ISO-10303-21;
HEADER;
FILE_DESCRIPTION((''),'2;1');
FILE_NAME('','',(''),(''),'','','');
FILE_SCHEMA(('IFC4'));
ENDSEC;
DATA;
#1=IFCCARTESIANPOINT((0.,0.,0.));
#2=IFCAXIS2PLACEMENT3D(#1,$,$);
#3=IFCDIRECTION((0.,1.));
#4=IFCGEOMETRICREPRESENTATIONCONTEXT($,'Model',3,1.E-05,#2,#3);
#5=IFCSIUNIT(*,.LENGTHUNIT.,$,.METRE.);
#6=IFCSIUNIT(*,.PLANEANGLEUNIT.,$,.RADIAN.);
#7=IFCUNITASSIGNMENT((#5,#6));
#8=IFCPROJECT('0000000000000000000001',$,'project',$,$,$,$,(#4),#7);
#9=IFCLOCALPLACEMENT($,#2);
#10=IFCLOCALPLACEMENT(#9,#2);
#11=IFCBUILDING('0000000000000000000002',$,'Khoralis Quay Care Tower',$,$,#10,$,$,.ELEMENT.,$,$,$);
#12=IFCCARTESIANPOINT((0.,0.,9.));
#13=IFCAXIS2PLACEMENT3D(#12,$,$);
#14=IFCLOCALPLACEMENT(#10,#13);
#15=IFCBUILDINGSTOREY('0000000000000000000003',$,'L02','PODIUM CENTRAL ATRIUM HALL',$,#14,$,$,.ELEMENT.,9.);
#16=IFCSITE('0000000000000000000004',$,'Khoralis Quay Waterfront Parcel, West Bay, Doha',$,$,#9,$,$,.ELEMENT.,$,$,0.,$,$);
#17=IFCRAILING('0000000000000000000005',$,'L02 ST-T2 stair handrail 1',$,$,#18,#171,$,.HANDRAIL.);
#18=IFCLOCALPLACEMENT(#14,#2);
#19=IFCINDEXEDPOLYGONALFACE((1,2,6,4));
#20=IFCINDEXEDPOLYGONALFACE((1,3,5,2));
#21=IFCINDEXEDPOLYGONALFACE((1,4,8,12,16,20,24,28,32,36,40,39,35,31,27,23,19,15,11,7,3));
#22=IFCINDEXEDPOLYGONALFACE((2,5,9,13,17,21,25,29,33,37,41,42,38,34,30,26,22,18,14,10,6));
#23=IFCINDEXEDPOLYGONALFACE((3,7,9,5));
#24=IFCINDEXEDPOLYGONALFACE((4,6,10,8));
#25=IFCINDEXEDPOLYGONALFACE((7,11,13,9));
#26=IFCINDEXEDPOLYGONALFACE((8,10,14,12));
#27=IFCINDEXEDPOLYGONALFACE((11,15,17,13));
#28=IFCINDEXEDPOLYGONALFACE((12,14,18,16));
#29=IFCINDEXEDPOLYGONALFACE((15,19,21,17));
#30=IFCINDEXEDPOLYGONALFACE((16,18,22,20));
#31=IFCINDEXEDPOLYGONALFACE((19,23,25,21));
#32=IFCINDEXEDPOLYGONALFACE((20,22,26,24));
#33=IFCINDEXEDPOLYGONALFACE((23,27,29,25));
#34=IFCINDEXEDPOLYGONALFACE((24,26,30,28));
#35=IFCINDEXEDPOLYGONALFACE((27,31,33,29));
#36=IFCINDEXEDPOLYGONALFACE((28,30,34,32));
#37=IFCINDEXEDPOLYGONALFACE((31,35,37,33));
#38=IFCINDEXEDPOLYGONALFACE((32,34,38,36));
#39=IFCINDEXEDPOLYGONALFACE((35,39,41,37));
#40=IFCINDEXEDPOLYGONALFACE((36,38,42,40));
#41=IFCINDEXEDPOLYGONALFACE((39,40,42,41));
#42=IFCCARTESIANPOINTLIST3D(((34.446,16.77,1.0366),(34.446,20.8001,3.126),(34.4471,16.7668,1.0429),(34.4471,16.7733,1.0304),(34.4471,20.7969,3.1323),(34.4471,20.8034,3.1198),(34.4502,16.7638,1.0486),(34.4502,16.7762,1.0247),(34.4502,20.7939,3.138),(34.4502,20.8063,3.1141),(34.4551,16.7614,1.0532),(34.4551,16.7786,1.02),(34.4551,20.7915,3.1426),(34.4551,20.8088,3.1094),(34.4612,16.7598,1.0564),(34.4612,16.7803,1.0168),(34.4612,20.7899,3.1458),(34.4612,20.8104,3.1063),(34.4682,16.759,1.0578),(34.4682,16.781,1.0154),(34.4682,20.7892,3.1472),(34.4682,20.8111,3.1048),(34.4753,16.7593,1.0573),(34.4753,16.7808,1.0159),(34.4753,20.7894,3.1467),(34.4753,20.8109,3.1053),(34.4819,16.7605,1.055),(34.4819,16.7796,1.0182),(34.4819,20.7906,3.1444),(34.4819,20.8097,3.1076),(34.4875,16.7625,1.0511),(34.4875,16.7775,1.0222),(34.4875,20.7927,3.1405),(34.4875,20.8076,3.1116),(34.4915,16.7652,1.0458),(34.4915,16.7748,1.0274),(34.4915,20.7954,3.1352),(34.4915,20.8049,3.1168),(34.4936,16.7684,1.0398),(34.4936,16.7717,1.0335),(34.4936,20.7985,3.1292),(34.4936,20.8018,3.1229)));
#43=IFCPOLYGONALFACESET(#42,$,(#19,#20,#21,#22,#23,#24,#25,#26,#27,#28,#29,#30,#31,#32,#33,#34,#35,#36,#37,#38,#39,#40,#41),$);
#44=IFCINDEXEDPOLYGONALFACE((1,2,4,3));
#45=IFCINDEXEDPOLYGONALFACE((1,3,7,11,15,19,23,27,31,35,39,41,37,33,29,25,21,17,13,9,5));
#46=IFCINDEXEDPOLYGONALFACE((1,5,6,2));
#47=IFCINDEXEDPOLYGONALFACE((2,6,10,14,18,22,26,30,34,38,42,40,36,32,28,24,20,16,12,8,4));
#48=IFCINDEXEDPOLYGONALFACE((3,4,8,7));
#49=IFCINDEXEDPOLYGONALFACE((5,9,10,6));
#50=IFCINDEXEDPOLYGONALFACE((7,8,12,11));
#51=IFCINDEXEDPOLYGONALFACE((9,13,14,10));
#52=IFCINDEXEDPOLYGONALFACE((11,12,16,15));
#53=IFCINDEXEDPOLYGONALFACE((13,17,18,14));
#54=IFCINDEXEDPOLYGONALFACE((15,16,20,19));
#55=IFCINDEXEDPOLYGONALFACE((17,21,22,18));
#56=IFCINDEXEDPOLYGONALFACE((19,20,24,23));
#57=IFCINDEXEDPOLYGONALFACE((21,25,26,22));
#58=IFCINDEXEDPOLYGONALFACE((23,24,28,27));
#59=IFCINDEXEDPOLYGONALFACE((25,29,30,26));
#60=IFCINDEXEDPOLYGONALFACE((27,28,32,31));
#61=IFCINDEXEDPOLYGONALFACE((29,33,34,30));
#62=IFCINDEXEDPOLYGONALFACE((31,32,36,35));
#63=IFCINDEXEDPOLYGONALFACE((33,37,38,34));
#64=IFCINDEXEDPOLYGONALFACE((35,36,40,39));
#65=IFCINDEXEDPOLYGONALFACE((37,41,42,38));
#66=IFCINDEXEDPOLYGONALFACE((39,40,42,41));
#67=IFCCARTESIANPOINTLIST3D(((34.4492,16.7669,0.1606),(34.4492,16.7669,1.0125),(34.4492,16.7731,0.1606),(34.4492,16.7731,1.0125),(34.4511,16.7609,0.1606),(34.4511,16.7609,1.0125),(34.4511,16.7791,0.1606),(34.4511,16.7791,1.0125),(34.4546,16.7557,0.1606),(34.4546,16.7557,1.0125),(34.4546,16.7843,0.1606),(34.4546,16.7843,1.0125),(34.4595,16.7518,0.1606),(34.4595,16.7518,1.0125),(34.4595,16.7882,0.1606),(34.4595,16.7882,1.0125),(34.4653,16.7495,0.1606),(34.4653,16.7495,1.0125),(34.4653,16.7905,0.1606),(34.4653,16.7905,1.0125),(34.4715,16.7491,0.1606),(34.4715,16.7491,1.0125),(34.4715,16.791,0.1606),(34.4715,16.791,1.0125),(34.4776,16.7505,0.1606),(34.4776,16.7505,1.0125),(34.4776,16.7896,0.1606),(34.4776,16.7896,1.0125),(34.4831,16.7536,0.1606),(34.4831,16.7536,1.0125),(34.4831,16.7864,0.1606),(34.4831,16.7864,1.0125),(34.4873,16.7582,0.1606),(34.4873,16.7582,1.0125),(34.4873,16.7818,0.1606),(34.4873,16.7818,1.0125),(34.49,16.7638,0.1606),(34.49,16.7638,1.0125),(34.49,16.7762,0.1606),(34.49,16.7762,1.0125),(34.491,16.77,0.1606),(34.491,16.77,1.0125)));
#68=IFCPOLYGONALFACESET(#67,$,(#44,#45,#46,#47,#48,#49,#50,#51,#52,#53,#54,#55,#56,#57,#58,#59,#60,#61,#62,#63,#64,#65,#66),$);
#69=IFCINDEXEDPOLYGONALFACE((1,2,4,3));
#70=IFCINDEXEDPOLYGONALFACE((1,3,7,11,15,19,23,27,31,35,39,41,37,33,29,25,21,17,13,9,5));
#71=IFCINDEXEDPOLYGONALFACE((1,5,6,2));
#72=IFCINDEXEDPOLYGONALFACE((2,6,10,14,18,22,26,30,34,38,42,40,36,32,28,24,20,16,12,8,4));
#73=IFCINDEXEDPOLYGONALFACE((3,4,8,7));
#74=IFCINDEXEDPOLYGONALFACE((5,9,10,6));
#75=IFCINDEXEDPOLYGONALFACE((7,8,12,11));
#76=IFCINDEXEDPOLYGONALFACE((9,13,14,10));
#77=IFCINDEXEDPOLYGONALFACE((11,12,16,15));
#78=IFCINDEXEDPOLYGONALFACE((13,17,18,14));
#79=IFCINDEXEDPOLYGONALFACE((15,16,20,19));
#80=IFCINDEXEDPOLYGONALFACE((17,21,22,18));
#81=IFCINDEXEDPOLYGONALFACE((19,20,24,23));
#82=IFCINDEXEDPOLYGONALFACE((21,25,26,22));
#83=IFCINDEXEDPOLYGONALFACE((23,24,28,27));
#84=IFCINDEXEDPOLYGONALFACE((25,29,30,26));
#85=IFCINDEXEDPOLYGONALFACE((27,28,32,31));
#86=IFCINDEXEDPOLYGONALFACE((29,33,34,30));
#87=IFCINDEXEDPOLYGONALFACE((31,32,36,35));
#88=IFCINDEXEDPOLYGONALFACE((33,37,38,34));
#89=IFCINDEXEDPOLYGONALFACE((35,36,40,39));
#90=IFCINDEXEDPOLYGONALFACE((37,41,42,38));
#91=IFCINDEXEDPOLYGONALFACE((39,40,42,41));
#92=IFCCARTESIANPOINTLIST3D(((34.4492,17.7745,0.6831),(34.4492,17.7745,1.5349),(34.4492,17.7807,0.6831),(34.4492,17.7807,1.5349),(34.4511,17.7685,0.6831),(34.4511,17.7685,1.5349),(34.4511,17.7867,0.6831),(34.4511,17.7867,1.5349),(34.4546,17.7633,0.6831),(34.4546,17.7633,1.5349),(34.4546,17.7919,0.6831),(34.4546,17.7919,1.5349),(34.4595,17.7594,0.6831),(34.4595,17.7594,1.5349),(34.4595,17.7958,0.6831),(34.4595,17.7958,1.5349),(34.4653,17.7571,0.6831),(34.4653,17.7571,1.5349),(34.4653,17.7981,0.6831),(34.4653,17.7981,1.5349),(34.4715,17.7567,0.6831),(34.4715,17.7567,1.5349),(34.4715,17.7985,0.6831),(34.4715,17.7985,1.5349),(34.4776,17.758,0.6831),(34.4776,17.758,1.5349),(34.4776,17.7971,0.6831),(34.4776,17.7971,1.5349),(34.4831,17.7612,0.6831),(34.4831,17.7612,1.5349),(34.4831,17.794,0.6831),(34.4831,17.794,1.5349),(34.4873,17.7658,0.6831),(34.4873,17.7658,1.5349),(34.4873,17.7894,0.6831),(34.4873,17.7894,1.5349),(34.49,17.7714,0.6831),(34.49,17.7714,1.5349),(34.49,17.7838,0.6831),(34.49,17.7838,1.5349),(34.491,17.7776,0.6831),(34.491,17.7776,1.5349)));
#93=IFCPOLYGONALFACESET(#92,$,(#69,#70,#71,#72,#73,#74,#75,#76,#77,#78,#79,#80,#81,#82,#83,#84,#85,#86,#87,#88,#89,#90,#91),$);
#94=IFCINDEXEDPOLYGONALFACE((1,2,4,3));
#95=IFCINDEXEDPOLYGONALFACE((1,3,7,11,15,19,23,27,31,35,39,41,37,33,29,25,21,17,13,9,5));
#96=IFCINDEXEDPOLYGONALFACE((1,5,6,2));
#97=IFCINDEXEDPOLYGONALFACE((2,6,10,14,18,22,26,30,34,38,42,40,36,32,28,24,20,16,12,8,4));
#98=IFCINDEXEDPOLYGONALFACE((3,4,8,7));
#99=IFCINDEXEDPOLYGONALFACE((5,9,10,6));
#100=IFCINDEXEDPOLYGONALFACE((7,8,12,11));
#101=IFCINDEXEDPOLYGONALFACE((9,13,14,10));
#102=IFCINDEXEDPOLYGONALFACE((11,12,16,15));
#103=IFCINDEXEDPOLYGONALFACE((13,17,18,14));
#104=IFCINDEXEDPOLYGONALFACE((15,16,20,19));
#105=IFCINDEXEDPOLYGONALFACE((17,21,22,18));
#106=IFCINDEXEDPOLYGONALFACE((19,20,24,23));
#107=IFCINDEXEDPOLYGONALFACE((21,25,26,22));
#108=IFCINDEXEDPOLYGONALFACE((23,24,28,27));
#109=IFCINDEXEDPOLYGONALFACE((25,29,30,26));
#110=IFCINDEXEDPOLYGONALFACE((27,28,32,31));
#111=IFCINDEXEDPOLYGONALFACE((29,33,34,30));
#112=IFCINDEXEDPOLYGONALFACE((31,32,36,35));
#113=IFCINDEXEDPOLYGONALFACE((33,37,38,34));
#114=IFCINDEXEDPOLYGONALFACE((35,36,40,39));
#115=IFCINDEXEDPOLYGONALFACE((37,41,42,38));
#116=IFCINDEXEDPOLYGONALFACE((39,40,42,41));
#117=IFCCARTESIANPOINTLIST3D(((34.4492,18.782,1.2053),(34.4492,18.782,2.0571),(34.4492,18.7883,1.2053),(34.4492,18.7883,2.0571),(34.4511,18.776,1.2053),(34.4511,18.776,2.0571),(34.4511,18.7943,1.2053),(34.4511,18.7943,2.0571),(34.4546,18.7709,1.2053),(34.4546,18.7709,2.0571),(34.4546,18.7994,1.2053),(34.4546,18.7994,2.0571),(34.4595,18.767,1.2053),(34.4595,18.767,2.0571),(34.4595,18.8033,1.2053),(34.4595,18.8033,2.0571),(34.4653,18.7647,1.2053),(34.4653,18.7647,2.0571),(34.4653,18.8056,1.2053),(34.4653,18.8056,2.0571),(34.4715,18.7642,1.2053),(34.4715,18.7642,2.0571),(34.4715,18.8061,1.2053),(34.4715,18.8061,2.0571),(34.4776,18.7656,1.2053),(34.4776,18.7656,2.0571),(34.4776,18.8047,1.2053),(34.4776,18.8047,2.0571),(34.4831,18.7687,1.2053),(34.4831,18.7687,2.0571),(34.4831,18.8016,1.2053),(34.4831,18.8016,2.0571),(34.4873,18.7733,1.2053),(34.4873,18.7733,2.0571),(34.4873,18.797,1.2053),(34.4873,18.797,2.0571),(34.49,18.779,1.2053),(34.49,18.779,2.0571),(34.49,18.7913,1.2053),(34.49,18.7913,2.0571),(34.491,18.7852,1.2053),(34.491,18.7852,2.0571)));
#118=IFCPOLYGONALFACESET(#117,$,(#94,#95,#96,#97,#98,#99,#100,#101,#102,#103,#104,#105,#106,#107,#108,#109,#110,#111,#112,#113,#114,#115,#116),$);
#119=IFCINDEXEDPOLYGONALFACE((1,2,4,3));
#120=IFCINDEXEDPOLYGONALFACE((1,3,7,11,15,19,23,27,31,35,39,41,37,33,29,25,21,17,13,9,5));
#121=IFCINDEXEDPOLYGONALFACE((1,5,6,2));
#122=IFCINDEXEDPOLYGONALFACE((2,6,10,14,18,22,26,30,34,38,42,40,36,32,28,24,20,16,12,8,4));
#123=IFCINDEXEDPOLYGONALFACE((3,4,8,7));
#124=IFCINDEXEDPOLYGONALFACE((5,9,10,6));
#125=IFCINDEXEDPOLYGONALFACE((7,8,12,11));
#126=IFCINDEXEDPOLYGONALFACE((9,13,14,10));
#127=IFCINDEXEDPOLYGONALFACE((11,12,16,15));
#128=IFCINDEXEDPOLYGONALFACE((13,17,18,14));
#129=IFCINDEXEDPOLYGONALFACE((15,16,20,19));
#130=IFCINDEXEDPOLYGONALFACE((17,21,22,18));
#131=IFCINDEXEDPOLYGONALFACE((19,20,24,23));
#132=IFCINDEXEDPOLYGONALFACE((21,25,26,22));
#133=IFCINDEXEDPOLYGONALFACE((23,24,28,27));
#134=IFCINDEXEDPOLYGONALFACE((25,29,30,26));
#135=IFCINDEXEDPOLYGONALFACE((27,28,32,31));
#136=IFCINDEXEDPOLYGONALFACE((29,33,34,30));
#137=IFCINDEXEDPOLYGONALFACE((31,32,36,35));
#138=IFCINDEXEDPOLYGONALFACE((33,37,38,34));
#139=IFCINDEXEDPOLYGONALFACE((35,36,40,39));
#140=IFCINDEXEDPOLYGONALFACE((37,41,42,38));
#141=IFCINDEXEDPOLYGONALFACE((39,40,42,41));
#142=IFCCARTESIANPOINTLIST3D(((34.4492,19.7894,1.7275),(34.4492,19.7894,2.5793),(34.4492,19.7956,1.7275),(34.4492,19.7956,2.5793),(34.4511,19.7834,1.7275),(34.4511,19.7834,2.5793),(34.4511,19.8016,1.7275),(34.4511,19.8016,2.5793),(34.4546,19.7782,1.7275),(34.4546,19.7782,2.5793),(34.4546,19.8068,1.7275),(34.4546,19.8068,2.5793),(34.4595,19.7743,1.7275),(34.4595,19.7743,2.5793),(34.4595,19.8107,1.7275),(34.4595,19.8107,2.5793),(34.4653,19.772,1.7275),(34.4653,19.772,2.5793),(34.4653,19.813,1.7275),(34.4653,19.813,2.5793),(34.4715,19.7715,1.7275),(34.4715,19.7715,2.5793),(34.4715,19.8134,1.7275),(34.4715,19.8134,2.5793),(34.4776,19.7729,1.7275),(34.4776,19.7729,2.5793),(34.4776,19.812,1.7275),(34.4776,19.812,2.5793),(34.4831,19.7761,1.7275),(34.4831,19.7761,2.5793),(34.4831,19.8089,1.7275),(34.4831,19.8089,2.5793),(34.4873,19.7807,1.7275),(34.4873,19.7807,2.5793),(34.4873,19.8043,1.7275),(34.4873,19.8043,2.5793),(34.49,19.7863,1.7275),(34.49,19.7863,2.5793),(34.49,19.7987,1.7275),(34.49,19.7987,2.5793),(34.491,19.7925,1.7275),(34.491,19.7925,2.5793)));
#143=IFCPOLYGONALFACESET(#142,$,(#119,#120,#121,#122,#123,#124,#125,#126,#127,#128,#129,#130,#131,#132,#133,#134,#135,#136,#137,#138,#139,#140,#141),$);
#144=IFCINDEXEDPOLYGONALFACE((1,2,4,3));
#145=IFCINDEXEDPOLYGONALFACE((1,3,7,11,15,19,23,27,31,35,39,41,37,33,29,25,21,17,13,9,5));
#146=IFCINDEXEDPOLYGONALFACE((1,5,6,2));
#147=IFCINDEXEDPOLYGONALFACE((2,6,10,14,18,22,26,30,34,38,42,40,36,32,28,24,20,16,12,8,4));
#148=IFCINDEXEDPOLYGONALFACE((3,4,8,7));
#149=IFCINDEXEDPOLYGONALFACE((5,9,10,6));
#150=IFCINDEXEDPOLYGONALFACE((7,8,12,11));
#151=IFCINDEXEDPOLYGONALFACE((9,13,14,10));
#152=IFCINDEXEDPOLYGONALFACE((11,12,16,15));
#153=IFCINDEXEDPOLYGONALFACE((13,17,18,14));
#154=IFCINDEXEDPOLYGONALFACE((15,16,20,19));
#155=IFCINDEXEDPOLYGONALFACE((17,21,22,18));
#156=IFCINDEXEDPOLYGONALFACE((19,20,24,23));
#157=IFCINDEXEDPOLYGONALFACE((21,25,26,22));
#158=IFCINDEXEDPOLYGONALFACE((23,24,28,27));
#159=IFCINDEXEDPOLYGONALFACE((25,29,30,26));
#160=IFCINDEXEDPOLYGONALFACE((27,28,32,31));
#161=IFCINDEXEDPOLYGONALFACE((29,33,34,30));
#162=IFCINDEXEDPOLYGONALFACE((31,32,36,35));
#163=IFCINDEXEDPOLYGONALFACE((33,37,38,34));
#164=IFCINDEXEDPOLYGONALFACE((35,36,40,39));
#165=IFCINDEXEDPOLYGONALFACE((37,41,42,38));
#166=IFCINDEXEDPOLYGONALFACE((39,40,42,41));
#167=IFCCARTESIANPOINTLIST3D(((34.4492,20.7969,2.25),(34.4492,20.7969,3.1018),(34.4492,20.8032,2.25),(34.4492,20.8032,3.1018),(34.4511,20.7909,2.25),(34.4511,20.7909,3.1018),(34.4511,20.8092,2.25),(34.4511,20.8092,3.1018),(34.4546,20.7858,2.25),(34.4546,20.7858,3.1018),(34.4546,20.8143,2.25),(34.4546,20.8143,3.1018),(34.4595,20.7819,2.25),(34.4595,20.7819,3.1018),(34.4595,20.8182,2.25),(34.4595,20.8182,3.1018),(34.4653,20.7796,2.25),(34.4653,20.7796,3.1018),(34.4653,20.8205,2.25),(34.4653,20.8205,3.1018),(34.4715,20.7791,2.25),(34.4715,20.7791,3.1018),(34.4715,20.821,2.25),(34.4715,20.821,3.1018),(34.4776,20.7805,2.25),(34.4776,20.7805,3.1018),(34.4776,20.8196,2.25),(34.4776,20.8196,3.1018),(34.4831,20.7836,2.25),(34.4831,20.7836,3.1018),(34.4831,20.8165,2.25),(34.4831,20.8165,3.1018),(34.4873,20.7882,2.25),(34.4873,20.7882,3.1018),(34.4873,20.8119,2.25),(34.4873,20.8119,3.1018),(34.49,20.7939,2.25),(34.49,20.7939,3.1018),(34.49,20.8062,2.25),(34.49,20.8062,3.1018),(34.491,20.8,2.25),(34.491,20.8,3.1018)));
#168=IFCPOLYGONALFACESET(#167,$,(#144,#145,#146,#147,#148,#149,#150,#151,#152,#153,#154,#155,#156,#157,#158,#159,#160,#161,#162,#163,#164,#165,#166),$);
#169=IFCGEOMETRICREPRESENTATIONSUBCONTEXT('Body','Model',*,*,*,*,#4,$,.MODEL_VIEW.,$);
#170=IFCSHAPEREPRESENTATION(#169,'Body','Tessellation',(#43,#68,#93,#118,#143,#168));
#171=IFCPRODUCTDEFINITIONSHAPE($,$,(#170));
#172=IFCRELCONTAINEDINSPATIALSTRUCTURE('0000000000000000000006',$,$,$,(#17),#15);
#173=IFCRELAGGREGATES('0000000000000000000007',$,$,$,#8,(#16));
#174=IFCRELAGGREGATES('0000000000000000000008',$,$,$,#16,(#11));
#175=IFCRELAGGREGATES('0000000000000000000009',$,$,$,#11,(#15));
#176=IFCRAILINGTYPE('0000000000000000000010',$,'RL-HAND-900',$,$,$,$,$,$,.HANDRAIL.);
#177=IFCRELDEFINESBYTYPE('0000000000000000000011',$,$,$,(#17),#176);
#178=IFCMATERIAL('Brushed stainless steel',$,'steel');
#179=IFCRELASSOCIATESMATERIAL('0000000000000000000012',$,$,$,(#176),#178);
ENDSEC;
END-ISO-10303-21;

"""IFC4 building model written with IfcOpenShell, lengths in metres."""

from ifc_helpers import new_model, si_unit, direction, frame, origin, origin_2d, place, context, subcontext, project, spatial, circle, extrude, material, type_object, element, save


model = new_model("IFC4")

# Units and contexts
model_context = context("Model", 3, precision=1e-05, world=origin(), true_north=direction((0.0, 1.0)))
body_context = subcontext(model_context, "Body", "Model", "MODEL_VIEW")
ifc_project = project(units=[si_unit("LENGTHUNIT", "METRE"), si_unit("PLANEANGLEUNIT", "RADIAN")], contexts=[model_context])

# Site, building, storey
site_placement = place(None, origin())
site = spatial("IfcSite", under=ifc_project, at=site_placement, Name="Khoralis Quay Waterfront Parcel, West Bay, Doha", CompositionType="ELEMENT", RefElevation=0.0)
building_placement = place(site_placement, origin())
building = spatial("IfcBuilding", under=site, at=building_placement, Name="Khoralis Quay Care Tower", CompositionType="ELEMENT")
storey_placement = place(building_placement, frame((0.0, 0.0, 9.0)))
storey = spatial("IfcBuildingStorey", under=building, at=storey_placement, Name="L02", Description="PODIUM CENTRAL ATRIUM HALL", CompositionType="ELEMENT", Elevation=9.0)

# Shared definitions
ifc_material_1 = material(Name="Brushed stainless steel", Category="steel")

# Railing
railing_type_1 = type_object("IfcRailingType", Name="RL-HAND-900", PredefinedType="HANDRAIL", material=ifc_material_1)
railing_1_placement = place(storey_placement, frame((34.47, 16.77, 0.1606)))
element("IfcRailing", 1, at=railing_1_placement, inside=storey, type_object=railing_type_1, Name="L02 ST-T2 stair handrail 1", PredefinedType="HANDRAIL", context=body_context, shape_type="SweptSolid", body=[
    extrude(circle(Radius=0.0239, at=origin_2d()), frame((0.0, 0.0, 0.876), z_axis=(0.0, 0.887781, 0.460267), x_axis=(-1.0, 0.0, 0.0)), (0.0, 0.0, 1.0), 4.5396),
    extrude(circle(Radius=0.021, at=origin_2d()), origin(), (0.0, 0.0, 1.0), 0.8518),
    extrude(circle(Radius=0.021, at=origin_2d()), frame((0.0, 1.0076, 0.5225)), (0.0, 0.0, 1.0), 0.8518),
    extrude(circle(Radius=0.021, at=origin_2d()), frame((0.0, 2.0151, 1.0447)), (0.0, 0.0, 1.0), 0.8518),
    extrude(circle(Radius=0.021, at=origin_2d()), frame((0.0, 3.0225, 1.5669)), (0.0, 0.0, 1.0), 0.8518),
    extrude(circle(Radius=0.021, at=origin_2d()), frame((0.0, 4.03, 2.0894)), (0.0, 0.0, 1.0), 0.8518),
])

save(model, "model.ifc")
